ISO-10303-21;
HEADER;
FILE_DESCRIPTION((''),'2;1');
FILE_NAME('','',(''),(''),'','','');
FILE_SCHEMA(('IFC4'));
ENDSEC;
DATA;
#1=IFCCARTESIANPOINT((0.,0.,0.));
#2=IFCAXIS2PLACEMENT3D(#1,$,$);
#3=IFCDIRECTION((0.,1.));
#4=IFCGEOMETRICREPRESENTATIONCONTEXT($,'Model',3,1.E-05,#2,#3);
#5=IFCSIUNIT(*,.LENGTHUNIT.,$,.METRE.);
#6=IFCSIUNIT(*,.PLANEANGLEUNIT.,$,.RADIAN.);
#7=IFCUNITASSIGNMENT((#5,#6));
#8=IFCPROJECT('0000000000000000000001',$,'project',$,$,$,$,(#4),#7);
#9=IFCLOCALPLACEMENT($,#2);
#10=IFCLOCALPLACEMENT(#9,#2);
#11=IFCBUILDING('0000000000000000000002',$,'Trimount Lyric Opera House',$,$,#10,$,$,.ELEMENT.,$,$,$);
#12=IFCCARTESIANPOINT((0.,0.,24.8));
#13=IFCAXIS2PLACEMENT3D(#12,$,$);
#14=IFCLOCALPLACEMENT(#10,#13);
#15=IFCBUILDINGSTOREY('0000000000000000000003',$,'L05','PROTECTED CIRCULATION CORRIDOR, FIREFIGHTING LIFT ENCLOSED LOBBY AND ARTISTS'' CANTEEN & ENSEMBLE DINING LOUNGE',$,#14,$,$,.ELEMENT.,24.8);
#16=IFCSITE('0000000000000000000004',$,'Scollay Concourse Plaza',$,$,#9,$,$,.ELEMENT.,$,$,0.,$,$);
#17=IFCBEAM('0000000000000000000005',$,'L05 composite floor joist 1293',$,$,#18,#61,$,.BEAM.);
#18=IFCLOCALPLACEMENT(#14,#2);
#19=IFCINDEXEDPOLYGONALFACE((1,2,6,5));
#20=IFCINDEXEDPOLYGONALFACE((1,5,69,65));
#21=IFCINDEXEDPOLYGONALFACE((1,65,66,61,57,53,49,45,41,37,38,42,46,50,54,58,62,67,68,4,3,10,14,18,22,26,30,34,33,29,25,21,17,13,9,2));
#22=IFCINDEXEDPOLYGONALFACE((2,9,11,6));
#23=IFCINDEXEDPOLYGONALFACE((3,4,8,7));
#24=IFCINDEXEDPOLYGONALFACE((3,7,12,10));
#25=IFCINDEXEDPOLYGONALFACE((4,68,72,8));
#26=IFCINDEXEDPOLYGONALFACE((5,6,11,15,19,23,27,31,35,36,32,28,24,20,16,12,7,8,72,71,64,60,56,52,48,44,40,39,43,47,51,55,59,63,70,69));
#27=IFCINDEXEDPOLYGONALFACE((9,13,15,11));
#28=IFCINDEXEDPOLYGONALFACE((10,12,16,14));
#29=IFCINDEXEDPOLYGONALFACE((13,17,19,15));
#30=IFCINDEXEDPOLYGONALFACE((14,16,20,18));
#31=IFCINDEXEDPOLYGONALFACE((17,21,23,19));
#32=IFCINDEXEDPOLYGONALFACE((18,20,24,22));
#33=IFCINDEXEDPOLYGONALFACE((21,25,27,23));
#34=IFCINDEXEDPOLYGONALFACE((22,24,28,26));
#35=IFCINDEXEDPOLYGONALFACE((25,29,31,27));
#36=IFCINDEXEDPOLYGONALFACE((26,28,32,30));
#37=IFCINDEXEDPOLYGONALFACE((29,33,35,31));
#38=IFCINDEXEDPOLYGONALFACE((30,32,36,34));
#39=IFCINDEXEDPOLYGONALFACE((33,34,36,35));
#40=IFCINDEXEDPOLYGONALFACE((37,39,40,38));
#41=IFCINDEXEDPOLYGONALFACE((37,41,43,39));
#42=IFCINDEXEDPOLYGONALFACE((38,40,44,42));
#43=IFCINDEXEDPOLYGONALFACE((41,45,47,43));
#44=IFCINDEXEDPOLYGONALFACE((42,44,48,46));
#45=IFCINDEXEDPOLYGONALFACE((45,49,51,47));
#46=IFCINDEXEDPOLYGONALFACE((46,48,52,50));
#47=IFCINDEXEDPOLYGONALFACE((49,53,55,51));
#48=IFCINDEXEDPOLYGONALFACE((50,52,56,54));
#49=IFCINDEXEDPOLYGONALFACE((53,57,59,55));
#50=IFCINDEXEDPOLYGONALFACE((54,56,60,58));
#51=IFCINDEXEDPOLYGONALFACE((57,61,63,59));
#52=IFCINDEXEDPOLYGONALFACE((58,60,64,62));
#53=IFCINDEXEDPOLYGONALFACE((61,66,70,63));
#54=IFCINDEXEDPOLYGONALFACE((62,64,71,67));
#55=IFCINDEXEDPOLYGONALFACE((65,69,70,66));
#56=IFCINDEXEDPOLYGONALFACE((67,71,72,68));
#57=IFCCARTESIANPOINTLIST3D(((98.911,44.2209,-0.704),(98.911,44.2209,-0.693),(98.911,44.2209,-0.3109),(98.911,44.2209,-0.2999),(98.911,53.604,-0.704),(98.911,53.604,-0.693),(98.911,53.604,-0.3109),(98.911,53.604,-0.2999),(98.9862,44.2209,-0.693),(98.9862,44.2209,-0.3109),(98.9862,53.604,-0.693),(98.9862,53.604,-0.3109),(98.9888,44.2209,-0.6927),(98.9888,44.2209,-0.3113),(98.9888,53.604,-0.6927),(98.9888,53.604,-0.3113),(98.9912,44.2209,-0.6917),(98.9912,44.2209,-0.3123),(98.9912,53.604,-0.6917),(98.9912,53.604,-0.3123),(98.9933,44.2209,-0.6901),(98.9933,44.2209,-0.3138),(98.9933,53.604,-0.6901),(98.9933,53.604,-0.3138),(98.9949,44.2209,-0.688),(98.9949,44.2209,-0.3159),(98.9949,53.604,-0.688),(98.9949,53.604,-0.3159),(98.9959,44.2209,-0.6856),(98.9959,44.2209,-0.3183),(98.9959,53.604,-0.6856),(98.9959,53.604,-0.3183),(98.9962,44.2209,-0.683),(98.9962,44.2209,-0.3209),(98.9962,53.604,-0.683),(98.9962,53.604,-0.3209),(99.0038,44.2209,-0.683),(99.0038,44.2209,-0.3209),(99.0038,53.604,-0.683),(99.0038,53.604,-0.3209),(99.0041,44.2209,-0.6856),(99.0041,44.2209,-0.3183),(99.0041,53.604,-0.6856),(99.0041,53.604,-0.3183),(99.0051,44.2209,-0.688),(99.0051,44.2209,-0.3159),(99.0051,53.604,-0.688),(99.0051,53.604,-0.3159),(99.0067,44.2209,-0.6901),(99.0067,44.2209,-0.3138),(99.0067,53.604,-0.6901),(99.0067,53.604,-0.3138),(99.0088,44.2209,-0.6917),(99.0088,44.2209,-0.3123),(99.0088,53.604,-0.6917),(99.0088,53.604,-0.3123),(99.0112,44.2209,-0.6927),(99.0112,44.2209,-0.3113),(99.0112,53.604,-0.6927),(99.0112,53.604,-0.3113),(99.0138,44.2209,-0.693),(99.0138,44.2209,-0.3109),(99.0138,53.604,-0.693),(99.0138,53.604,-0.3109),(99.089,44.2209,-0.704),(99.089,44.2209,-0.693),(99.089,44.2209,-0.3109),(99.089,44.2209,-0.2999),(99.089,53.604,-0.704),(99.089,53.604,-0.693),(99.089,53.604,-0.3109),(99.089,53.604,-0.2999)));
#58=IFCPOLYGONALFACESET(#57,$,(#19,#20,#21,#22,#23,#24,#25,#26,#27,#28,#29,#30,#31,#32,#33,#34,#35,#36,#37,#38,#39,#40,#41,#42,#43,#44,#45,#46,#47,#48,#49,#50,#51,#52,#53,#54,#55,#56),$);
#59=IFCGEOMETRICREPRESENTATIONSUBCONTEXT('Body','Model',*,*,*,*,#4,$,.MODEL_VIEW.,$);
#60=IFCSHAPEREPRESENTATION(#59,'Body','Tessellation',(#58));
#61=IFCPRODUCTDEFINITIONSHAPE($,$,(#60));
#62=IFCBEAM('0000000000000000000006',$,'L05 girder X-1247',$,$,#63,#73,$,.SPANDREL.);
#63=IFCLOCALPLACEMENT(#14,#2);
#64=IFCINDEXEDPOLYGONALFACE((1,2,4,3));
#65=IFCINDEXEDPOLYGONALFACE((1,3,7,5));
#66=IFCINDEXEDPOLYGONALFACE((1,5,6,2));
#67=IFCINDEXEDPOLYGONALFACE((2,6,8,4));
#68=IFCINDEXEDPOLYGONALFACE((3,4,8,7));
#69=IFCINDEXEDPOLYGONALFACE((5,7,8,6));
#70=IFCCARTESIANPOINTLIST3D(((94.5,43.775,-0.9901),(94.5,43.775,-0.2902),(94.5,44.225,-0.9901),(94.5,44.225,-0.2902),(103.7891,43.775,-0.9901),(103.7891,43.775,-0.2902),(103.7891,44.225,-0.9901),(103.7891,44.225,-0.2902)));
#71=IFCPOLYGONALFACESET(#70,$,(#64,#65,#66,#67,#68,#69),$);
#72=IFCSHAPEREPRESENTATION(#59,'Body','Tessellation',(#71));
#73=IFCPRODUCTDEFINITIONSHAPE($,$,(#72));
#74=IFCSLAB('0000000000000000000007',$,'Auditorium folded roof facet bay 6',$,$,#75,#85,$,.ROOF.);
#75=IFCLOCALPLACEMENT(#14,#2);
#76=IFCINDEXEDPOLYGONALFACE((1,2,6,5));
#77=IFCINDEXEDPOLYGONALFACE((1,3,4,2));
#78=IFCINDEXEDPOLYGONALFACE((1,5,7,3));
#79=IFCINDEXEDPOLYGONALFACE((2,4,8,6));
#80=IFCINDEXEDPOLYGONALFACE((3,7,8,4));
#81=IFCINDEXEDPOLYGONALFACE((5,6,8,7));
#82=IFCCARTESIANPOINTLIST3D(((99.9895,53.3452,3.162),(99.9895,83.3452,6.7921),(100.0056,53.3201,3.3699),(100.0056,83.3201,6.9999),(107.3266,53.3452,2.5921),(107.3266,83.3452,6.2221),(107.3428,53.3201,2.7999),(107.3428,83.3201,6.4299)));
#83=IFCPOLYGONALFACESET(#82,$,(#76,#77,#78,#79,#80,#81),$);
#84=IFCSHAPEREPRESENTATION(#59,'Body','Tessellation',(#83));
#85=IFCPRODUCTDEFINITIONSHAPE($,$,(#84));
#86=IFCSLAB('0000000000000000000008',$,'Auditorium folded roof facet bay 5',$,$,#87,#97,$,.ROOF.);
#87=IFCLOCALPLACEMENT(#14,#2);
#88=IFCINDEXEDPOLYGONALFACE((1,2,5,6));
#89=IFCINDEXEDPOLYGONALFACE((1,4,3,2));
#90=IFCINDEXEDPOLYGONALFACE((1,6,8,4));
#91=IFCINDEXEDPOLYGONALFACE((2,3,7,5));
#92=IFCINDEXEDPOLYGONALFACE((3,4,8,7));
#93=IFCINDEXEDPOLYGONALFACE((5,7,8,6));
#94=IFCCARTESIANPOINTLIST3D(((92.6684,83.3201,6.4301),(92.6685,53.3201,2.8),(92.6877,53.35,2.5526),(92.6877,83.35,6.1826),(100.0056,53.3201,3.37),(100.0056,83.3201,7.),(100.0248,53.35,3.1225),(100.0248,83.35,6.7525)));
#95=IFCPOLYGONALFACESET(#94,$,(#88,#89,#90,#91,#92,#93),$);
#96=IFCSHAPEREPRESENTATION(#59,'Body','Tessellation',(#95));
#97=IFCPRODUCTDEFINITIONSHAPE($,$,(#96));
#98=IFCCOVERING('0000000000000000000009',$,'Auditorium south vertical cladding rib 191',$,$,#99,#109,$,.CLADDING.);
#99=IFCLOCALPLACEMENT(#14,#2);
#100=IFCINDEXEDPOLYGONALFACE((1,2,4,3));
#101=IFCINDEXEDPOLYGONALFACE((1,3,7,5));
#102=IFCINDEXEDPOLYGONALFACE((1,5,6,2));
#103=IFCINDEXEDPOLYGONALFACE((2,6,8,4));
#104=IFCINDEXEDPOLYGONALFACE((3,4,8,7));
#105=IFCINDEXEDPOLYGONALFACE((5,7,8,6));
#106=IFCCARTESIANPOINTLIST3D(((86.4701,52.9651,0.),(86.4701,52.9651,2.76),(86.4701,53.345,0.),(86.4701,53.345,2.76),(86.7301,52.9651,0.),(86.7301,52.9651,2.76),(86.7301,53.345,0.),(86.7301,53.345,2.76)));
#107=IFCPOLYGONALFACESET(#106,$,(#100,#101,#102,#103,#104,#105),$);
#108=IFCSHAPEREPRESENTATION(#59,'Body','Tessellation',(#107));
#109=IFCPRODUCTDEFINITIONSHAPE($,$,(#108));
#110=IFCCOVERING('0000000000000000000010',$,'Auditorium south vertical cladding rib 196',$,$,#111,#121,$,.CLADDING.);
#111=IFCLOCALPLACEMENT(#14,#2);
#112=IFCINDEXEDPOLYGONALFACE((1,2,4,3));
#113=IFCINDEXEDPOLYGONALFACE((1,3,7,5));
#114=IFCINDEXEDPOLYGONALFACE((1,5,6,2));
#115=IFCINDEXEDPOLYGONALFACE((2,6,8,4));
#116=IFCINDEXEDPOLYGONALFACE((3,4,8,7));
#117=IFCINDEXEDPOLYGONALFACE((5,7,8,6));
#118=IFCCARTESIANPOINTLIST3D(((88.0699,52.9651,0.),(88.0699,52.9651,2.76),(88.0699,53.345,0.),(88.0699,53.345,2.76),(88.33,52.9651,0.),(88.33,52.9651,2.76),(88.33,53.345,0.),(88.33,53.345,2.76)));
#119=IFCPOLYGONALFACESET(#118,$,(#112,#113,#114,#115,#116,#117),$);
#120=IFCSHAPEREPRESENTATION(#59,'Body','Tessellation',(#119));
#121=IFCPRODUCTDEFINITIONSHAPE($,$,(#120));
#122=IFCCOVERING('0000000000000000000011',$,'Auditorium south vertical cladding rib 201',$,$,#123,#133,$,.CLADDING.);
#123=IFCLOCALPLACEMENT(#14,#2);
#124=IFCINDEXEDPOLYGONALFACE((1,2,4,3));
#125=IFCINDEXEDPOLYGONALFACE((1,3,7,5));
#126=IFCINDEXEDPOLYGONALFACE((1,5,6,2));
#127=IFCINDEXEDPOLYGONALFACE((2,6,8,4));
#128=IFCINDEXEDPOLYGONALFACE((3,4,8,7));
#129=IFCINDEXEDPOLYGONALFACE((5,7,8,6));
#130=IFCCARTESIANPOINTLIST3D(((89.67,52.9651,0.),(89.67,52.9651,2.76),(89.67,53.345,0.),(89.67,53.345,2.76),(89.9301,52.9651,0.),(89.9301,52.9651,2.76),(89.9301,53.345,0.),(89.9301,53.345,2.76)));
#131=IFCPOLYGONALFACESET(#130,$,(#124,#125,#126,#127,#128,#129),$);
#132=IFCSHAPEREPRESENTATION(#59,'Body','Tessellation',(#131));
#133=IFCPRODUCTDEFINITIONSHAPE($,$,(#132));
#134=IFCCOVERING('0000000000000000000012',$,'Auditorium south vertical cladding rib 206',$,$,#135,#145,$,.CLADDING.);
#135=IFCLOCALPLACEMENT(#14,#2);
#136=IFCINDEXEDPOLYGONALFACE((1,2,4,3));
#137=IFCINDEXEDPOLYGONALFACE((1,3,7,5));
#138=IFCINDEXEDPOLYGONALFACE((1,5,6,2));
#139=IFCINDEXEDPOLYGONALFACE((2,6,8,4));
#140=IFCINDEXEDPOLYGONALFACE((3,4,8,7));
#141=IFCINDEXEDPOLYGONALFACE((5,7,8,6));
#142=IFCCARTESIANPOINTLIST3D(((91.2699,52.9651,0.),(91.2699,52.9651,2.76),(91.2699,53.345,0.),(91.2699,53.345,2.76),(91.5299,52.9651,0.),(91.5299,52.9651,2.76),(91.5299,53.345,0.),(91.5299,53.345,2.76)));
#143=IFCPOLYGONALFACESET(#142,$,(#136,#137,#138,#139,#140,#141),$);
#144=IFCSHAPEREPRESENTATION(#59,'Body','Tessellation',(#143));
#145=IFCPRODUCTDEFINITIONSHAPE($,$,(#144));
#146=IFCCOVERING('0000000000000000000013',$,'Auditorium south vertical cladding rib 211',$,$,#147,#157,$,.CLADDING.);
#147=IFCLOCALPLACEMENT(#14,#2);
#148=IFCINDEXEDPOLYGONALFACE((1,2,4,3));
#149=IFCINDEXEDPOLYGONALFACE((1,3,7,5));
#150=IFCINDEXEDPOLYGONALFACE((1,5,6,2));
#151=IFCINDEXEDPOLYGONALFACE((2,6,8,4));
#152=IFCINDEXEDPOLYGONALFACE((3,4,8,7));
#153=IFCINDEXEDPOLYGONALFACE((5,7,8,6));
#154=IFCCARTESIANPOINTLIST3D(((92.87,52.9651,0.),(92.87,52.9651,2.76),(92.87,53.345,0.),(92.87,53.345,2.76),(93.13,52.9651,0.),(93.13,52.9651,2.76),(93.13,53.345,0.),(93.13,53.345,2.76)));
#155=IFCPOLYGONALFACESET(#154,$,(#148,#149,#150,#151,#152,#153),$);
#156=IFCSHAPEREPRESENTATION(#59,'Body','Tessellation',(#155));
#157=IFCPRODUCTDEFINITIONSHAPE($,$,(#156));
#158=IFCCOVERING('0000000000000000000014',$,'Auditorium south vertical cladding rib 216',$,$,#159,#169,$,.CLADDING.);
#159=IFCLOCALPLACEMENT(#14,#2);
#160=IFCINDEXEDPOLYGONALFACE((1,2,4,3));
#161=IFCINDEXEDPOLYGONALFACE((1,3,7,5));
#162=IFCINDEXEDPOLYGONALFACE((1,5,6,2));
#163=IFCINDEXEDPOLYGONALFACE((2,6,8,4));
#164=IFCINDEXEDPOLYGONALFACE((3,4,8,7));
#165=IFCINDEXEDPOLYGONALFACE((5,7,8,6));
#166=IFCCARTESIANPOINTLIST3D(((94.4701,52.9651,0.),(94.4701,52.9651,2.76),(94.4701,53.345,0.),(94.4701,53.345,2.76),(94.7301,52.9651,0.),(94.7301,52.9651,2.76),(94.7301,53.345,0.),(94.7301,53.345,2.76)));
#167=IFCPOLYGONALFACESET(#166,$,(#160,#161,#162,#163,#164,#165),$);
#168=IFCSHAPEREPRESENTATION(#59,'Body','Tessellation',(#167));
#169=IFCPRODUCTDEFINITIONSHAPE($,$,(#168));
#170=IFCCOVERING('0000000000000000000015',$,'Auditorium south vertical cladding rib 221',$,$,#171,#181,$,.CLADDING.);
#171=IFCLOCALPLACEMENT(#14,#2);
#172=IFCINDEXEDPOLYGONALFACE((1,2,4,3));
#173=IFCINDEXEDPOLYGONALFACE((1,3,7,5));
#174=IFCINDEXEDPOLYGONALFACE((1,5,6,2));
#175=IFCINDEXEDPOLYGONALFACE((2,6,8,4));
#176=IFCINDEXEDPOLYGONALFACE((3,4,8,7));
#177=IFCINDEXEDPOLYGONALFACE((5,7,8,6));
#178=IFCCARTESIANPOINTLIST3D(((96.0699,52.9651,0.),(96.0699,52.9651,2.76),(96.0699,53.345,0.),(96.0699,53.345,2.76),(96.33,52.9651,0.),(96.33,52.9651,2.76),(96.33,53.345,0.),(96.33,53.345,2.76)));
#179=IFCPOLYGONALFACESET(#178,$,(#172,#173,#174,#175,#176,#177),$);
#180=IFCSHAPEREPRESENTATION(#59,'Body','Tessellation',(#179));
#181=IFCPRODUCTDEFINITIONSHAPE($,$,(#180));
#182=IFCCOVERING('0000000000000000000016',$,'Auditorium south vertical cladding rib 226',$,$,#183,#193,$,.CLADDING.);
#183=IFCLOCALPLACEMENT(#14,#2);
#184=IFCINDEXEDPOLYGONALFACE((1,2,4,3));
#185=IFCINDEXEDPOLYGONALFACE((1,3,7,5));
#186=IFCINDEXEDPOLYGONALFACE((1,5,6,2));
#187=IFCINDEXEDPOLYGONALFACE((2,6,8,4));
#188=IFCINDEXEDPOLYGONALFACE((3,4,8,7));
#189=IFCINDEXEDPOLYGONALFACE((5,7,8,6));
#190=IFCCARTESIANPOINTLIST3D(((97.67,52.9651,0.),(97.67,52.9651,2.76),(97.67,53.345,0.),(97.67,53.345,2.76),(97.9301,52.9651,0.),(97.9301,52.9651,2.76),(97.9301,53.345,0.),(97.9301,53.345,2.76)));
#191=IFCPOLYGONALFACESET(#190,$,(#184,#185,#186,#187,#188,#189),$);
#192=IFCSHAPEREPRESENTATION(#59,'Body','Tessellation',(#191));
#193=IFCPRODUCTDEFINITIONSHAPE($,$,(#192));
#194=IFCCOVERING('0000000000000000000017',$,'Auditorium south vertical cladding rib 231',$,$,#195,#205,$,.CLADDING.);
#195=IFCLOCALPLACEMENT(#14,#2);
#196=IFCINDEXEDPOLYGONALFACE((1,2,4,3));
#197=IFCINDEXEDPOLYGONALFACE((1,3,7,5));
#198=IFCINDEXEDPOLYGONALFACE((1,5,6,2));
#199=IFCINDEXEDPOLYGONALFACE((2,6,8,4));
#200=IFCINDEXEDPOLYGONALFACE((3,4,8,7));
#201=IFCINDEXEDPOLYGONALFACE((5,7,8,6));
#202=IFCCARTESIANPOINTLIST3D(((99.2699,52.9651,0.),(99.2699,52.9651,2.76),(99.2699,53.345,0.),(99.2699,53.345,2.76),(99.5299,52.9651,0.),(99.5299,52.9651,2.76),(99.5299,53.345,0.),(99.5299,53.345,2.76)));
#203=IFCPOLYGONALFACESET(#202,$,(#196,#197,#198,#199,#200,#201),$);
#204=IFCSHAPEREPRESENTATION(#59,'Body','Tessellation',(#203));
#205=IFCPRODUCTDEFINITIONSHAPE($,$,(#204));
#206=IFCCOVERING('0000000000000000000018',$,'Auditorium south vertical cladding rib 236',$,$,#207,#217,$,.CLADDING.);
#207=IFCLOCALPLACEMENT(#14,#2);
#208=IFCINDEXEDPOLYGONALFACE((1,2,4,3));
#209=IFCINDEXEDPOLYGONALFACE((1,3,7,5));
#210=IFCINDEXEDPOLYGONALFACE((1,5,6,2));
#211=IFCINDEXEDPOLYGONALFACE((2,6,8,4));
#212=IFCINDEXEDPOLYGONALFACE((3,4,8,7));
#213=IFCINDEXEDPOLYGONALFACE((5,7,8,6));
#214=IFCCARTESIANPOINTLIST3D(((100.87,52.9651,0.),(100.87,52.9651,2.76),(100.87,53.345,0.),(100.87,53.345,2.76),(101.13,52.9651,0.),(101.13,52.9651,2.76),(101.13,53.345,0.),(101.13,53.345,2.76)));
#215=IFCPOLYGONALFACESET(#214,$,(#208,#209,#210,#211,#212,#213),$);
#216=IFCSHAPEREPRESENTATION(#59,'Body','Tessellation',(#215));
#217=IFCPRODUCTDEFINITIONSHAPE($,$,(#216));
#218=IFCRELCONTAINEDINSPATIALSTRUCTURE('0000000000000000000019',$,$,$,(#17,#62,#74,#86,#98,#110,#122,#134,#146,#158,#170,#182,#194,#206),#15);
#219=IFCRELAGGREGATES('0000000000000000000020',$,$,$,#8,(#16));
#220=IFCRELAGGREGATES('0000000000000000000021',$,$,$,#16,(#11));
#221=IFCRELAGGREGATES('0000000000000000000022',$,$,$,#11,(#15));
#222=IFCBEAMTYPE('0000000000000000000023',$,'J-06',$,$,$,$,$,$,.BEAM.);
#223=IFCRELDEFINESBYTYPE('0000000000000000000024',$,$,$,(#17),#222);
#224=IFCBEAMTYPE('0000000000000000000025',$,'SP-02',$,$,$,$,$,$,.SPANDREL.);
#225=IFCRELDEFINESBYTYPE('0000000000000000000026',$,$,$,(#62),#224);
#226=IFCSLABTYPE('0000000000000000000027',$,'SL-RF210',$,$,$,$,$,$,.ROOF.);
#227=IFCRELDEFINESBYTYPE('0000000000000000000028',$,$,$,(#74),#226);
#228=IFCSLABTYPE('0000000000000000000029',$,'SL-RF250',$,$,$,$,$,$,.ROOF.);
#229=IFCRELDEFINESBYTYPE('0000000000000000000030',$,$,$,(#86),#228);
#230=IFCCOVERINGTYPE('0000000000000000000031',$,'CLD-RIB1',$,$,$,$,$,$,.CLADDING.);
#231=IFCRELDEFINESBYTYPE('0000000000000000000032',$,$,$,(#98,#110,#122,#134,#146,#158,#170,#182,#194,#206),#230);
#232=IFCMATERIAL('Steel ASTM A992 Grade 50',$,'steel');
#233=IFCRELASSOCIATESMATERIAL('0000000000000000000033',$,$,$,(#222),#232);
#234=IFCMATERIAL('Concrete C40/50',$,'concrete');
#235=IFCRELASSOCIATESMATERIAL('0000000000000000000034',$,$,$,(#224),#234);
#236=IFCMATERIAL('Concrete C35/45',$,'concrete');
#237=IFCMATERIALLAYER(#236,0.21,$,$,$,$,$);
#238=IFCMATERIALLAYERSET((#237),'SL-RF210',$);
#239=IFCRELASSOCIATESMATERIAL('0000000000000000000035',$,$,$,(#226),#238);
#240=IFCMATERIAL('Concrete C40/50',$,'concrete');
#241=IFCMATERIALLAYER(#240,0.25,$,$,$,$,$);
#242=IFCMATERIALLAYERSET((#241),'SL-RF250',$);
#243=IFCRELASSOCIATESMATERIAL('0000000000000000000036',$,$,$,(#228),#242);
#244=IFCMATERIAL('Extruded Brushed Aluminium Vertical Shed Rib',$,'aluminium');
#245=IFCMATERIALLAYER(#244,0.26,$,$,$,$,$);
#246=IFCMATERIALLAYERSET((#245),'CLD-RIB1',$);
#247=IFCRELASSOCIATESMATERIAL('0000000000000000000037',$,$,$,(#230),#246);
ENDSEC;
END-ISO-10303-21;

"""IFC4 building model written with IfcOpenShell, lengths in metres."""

from ifc_helpers import new_model, si_unit, direction, frame, origin, origin_2d, place, context, subcontext, project, spatial, polyline, rectangle, i_section, outline, extrude, material, layer, layer_set, material_profile, profile_set, type_object, element, save


model = new_model("IFC4")

# Units and contexts
model_context = context("Model", 3, precision=1e-05, world=origin(), true_north=direction((0.0, 1.0)))
body_context = subcontext(model_context, "Body", "Model", "MODEL_VIEW")
ifc_project = project(units=[si_unit("LENGTHUNIT", "METRE"), si_unit("PLANEANGLEUNIT", "RADIAN")], contexts=[model_context])

# Site, building, storey
site_placement = place(None, origin())
site = spatial("IfcSite", under=ifc_project, at=site_placement, Name="Scollay Concourse Plaza", CompositionType="ELEMENT", RefElevation=0.0)
building_placement = place(site_placement, origin())
building = spatial("IfcBuilding", under=site, at=building_placement, Name="Trimount Lyric Opera House", CompositionType="ELEMENT")
storey_placement = place(building_placement, frame((0.0, 0.0, 24.8)))
storey = spatial("IfcBuildingStorey", under=building, at=storey_placement, Name="L05", Description="PROTECTED CIRCULATION CORRIDOR, FIREFIGHTING LIFT ENCLOSED LOBBY AND ARTISTS' CANTEEN & ENSEMBLE DINING LOUNGE", CompositionType="ELEMENT", Elevation=24.8)

# Beams
ifc_material_1 = material(Name="Steel ASTM A992 Grade 50", Category="steel")
ifc_material_profile_1 = material_profile(ifc_material_1, i_section(OverallWidth=0.178, OverallDepth=0.4041, WebThickness=0.0076, FlangeThickness=0.011, FilletRadius=0.01, at=origin_2d()), Name="W16X36")
ifc_profile_set_1 = profile_set([ifc_material_profile_1], Name="Steel ASTM A992 Grade 50")
beam_type_1 = type_object("IfcBeamType", Name="J-06", PredefinedType="BEAM", material=ifc_profile_set_1)
beam_1_placement = place(storey_placement, frame((99.0, 44.2209, -0.502), z_axis=(0.0, 1.0, 0.0), x_axis=(-1.0, 0.0, 0.0)))
element("IfcBeam", 1, at=beam_1_placement, inside=storey, type_object=beam_type_1, Name="L05 composite floor joist 1293", PredefinedType="BEAM", context=body_context, shape_type="SweptSolid", body=[
    extrude(i_section(OverallWidth=0.178, OverallDepth=0.4041, WebThickness=0.0076, FlangeThickness=0.011, FilletRadius=0.01, at=origin_2d()), origin(), (0.0, 0.0, 1.0), 9.3831),
])
ifc_material_2 = material(Name="Concrete C40/50", Category="concrete")
ifc_material_profile_2 = material_profile(ifc_material_2, rectangle(XDim=0.45, YDim=0.7, at=origin_2d()), Name="RC450X700")
ifc_profile_set_2 = profile_set([ifc_material_profile_2], Name="Concrete C40/50")
beam_type_2 = type_object("IfcBeamType", Name="SP-02", PredefinedType="SPANDREL", material=ifc_profile_set_2)
beam_2_placement = place(storey_placement, frame((94.5, 44.0, -0.6401), z_axis=(1.0, 0.0, 0.0), x_axis=(0.0, 1.0, 0.0)))
element("IfcBeam", 2, at=beam_2_placement, inside=storey, type_object=beam_type_2, Name="L05 girder X-1247", PredefinedType="SPANDREL", context=body_context, shape_type="SweptSolid", body=[
    extrude(rectangle(XDim=0.45, YDim=0.7, at=origin_2d()), origin(), (0.0, 0.0, 1.0), 9.2891),
])

# Slabs
ifc_material_3 = material(Name="Concrete C35/45", Category="concrete")
ifc_layer_1 = layer(ifc_material_3, 0.21)
ifc_layer_set_1 = layer_set([ifc_layer_1], Name="SL-RF210")
slab_type_1 = type_object("IfcSlabType", Name="SL-RF210", PredefinedType="ROOF", material=ifc_layer_set_1)
slab_1_placement = place(storey_placement, frame((100.0056, 53.3201, 3.3699), z_axis=(0.076889, -0.119768, 0.98982), x_axis=(0.996997, 0.000002, -0.077446)))
element("IfcSlab", 3, at=slab_1_placement, inside=storey, type_object=slab_type_1, Name="Auditorium folded roof facet bay 6", PredefinedType="ROOF", context=body_context, shape_type="SweptSolid", body=[
    extrude(outline(polyline([(0.0, 0.0), (7.3593, 0.0), (7.0782, 30.2175), (-0.2811, 30.2175), (0.0, 0.0)])), origin(), (0.0, 0.0, -1.0), 0.21),
])
ifc_material_4 = material(Name="Concrete C40/50", Category="concrete")
ifc_layer_2 = layer(ifc_material_4, 0.25)
ifc_layer_set_2 = layer_set([ifc_layer_2], Name="SL-RF250")
slab_type_2 = type_object("IfcSlabType", Name="SL-RF250", PredefinedType="ROOF", material=ifc_layer_set_2)
slab_2_placement = place(storey_placement, frame((92.6685, 53.3201, 2.8), z_axis=(-0.076889, -0.119768, 0.98982), x_axis=(0.996997, -0.000002, 0.077446)))
element("IfcSlab", 4, at=slab_2_placement, inside=storey, type_object=slab_type_2, Name="Auditorium folded roof facet bay 5", PredefinedType="ROOF", context=body_context, shape_type="SweptSolid", body=[
    extrude(outline(polyline([(0.0, 0.0), (7.3593, 0.0), (7.6403, 30.2175), (0.2811, 30.2175), (0.0, 0.0)])), origin(), (0.0, 0.0, -1.0), 0.25),
])

# Coverings
ifc_material_5 = material(Name="Extruded Brushed Aluminium Vertical Shed Rib", Category="aluminium")
ifc_layer_3 = layer(ifc_material_5, 0.26)
ifc_layer_set_3 = layer_set([ifc_layer_3], Name="CLD-RIB1")
covering_type_1 = type_object("IfcCoveringType", Name="CLD-RIB1", PredefinedType="CLADDING", material=ifc_layer_set_3)
for number, where, z_axis, x_axis, name in (
    (5, (86.6001, 53.155, 0.0), (0.0, 0.0, 1.0), (1.0, 0.0, 0.0), "Auditorium south vertical cladding rib 191"),
    (6, (88.2, 53.155, 0.0), (0.0, 0.0, 1.0), (1.0, 0.0, 0.0), "Auditorium south vertical cladding rib 196"),
    (7, (89.8, 53.155, 0.0), (0.0, 0.0, 1.0), (1.0, 0.0, 0.0), "Auditorium south vertical cladding rib 201"),
    (8, (91.3999, 53.155, 0.0), (0.0, 0.0, 1.0), (1.0, 0.0, 0.0), "Auditorium south vertical cladding rib 206"),
    (9, (93.0, 53.155, 0.0), (0.0, 0.0, 1.0), (1.0, 0.0, 0.0), "Auditorium south vertical cladding rib 211"),
    (10, (94.6001, 53.155, 0.0), (0.0, 0.0, 1.0), (1.0, 0.0, 0.0), "Auditorium south vertical cladding rib 216"),
    (11, (96.2, 53.155, 0.0), (0.0, 0.0, 1.0), (1.0, 0.0, 0.0), "Auditorium south vertical cladding rib 221"),
    (12, (97.8, 53.155, 0.0), (0.0, 0.0, 1.0), (1.0, 0.0, 0.0), "Auditorium south vertical cladding rib 226"),
    (13, (99.3999, 53.155, 0.0), (0.0, 0.0, 1.0), (1.0, 0.0, 0.0), "Auditorium south vertical cladding rib 231"),
    (14, (101.0, 53.155, 0.0), (0.0, 0.0, 1.0), (1.0, 0.0, 0.0), "Auditorium south vertical cladding rib 236"),
):
    element("IfcCovering", number, at=place(storey_placement, frame(where, z_axis=z_axis, x_axis=x_axis)), inside=storey, type_object=covering_type_1, Name=name, PredefinedType="CLADDING", context=body_context, shape_type="SweptSolid", body=[
        extrude(rectangle(XDim=0.26, YDim=0.3799, at=origin_2d()), origin(), (0.0, 0.0, 1.0), 2.76),
    ])

save(model, "model.ifc")
